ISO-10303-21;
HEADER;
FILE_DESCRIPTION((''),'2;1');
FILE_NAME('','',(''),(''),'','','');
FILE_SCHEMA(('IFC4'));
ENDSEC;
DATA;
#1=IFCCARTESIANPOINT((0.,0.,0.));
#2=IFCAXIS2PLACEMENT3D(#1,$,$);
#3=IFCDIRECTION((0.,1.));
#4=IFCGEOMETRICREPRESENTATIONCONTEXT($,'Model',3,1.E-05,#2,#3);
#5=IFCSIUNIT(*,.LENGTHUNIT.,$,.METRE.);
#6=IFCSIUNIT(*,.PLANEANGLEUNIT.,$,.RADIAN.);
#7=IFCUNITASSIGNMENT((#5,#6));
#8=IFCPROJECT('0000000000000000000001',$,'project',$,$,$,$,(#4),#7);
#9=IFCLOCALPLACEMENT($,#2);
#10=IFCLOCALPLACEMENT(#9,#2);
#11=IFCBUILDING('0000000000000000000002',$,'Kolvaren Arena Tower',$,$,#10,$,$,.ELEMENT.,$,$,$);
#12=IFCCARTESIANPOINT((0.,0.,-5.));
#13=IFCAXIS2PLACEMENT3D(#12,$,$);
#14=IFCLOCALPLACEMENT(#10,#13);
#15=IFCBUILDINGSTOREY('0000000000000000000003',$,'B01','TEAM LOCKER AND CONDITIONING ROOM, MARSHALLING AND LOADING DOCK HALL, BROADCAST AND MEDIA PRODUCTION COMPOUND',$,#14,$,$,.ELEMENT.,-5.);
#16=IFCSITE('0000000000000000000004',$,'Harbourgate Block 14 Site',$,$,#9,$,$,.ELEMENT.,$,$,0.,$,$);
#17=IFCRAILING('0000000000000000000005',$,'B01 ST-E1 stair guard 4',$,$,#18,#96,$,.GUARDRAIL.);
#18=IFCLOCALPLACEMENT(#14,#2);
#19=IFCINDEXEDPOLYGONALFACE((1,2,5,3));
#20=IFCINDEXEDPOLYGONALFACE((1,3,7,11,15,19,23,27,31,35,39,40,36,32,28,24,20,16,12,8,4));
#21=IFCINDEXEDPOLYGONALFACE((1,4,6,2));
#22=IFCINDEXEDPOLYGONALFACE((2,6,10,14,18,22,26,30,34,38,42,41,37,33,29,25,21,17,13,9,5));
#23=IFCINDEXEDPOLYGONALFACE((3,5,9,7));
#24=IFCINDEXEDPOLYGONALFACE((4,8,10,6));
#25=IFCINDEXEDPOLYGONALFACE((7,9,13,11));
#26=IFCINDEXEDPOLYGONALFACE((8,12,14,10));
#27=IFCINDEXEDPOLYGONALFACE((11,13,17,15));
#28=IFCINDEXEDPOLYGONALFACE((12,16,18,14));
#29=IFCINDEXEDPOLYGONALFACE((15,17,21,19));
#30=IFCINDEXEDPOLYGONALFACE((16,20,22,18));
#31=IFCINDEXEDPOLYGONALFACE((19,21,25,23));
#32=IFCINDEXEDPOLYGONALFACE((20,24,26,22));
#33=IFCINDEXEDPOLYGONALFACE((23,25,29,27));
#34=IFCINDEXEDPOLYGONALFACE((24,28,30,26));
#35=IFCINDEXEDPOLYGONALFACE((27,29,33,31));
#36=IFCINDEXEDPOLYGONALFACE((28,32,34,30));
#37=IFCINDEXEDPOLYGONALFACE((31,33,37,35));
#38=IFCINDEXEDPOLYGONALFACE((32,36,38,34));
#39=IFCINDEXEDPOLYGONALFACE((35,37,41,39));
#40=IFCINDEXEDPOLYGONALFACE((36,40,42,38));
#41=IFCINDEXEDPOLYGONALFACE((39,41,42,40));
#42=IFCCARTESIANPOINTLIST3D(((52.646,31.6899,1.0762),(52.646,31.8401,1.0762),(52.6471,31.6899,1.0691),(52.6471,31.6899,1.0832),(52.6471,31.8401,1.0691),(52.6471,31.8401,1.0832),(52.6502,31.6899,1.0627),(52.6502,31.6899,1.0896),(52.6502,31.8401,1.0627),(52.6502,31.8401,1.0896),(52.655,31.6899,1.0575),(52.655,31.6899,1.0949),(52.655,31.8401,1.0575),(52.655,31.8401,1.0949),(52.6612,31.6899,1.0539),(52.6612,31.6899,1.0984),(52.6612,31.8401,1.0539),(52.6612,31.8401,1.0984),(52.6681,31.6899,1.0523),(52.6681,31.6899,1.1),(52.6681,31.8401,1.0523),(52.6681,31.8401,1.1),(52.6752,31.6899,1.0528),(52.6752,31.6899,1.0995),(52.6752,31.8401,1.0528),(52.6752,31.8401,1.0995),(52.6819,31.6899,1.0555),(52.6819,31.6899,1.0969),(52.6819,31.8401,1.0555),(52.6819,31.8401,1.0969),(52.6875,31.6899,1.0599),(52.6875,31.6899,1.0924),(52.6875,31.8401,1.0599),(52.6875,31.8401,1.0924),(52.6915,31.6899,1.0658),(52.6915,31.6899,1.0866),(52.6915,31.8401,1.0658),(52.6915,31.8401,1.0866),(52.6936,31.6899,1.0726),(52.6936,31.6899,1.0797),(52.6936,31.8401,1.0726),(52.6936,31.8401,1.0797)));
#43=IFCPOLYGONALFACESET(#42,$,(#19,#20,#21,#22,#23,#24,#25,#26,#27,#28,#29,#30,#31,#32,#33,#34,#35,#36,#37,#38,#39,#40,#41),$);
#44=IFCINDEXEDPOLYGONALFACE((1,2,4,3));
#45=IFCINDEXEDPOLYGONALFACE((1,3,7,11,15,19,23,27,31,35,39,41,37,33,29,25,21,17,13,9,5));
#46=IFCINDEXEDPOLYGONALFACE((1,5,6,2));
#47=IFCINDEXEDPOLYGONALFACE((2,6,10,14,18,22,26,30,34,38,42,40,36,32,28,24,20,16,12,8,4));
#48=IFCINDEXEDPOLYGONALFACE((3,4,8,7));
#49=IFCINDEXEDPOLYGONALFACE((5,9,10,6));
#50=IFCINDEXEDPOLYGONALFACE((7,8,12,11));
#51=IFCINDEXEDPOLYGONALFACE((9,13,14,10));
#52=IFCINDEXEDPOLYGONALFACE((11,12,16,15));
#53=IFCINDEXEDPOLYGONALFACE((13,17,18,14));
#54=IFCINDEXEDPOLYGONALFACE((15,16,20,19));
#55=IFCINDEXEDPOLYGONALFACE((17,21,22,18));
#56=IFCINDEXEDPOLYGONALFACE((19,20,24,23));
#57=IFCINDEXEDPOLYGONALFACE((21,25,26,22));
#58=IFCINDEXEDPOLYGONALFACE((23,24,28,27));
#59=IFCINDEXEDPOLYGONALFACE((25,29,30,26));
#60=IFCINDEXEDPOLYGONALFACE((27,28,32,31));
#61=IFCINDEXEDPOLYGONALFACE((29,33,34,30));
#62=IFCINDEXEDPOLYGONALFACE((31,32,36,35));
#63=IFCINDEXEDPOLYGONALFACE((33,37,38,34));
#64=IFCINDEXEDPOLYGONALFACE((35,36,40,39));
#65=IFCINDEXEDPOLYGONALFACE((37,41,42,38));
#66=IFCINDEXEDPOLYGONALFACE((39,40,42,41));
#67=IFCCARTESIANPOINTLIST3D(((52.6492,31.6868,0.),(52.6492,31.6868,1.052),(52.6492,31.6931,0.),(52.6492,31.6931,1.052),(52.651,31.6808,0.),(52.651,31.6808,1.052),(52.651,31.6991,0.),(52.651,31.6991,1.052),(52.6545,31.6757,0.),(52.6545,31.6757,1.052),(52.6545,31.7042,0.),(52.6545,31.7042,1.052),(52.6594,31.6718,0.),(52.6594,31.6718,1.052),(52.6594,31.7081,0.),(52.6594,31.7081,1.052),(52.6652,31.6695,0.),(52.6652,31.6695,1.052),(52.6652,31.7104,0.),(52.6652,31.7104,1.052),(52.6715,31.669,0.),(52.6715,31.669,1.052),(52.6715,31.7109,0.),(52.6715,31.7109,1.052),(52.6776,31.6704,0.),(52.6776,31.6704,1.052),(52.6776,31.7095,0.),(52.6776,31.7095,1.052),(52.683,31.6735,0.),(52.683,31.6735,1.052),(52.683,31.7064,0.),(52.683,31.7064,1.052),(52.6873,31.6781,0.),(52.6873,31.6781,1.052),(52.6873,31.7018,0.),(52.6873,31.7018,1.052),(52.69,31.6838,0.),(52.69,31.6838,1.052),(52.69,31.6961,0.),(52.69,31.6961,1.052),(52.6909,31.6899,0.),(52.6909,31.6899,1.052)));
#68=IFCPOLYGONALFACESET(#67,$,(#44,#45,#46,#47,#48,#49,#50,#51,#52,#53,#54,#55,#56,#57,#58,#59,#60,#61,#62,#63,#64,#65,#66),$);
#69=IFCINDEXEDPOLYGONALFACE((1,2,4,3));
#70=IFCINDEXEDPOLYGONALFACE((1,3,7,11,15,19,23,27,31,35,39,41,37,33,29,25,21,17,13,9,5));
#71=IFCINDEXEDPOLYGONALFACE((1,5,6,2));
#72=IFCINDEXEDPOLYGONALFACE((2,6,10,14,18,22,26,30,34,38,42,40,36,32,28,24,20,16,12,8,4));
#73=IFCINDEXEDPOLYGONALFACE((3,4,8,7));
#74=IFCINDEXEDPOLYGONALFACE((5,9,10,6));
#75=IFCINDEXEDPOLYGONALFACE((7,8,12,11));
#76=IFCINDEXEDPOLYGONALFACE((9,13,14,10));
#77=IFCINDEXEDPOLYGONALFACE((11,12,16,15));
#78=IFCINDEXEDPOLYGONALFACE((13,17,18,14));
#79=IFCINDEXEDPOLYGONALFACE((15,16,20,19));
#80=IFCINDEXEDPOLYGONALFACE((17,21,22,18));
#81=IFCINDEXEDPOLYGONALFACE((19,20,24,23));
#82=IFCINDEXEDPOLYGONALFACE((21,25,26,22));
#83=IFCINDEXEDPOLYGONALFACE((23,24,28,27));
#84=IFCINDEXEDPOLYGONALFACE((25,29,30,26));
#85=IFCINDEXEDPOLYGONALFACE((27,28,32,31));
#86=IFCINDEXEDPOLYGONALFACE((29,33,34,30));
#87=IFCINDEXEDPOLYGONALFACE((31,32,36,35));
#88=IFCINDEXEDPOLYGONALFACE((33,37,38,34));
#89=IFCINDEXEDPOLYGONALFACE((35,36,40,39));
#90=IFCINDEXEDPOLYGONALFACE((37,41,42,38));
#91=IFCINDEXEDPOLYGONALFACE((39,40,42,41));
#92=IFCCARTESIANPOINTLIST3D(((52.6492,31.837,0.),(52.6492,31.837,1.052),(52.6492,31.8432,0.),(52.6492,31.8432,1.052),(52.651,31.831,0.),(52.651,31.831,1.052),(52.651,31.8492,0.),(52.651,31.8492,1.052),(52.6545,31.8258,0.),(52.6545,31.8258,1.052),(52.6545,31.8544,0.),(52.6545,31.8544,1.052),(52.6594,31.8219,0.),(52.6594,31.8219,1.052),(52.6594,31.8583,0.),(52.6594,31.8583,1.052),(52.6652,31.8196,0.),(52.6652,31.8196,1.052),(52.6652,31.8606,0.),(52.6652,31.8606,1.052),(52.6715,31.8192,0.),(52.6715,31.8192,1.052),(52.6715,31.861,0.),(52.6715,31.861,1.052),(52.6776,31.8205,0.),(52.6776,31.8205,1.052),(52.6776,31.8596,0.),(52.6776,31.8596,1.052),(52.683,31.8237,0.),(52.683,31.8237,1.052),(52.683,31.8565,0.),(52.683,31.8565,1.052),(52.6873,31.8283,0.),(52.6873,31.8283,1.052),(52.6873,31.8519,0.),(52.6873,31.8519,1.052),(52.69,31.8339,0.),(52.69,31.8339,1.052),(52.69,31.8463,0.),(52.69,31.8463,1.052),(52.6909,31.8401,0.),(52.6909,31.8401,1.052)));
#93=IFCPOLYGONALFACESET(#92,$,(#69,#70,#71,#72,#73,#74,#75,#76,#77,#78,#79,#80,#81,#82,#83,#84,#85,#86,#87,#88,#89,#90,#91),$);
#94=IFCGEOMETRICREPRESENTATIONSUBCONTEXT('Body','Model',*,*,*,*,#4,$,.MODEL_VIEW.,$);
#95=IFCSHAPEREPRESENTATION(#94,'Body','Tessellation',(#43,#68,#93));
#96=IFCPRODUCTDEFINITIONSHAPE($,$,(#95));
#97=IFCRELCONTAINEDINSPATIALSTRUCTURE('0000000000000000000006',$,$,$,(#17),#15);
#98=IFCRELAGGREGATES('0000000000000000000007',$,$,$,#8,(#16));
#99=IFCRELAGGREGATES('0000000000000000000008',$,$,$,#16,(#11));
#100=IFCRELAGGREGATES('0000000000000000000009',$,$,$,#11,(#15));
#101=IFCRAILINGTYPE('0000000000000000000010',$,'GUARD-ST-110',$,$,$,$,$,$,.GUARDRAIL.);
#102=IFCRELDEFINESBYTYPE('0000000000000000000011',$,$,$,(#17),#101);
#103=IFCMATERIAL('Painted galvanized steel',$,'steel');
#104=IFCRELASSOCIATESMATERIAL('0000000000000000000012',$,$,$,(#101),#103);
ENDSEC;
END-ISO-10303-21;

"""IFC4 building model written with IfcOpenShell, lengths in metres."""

from ifc_helpers import new_model, si_unit, direction, frame, origin, origin_2d, place, context, subcontext, project, spatial, circle, extrude, material, type_object, element, save


model = new_model("IFC4")

# Units and contexts
model_context = context("Model", 3, precision=1e-05, world=origin(), true_north=direction((0.0, 1.0)))
body_context = subcontext(model_context, "Body", "Model", "MODEL_VIEW")
ifc_project = project(units=[si_unit("LENGTHUNIT", "METRE"), si_unit("PLANEANGLEUNIT", "RADIAN")], contexts=[model_context])

# Site, building, storey
site_placement = place(None, origin())
site = spatial("IfcSite", under=ifc_project, at=site_placement, Name="Harbourgate Block 14 Site", CompositionType="ELEMENT", RefElevation=0.0)
building_placement = place(site_placement, origin())
building = spatial("IfcBuilding", under=site, at=building_placement, Name="Kolvaren Arena Tower", CompositionType="ELEMENT")
storey_placement = place(building_placement, frame((0.0, 0.0, -5.0)))
storey = spatial("IfcBuildingStorey", under=building, at=storey_placement, Name="B01", Description="TEAM LOCKER AND CONDITIONING ROOM, MARSHALLING AND LOADING DOCK HALL, BROADCAST AND MEDIA PRODUCTION COMPOUND", CompositionType="ELEMENT", Elevation=-5.0)

# Railing
ifc_material_1 = material(Name="Painted galvanized steel", Category="steel")
railing_type_1 = type_object("IfcRailingType", Name="GUARD-ST-110", PredefinedType="GUARDRAIL", material=ifc_material_1)
railing_1_placement = place(storey_placement, frame((52.6699, 31.6899, 0.0)))
element("IfcRailing", 1, at=railing_1_placement, inside=storey, type_object=railing_type_1, Name="B01 ST-E1 stair guard 4", PredefinedType="GUARDRAIL", context=body_context, shape_type="SweptSolid", body=[
    extrude(circle(Radius=0.0239, at=origin_2d()), frame((0.0, 0.0, 1.0762), z_axis=(0.0, 1.0, 0.0), x_axis=(-1.0, 0.0, 0.0)), (0.0, 0.0, 1.0), 0.1501),
    extrude(circle(Radius=0.021, at=origin_2d()), origin(), (0.0, 0.0, 1.0), 1.052),
    extrude(circle(Radius=0.021, at=origin_2d()), frame((0.0, 0.1501, 0.0)), (0.0, 0.0, 1.0), 1.052),
])

save(model, "model.ifc")
